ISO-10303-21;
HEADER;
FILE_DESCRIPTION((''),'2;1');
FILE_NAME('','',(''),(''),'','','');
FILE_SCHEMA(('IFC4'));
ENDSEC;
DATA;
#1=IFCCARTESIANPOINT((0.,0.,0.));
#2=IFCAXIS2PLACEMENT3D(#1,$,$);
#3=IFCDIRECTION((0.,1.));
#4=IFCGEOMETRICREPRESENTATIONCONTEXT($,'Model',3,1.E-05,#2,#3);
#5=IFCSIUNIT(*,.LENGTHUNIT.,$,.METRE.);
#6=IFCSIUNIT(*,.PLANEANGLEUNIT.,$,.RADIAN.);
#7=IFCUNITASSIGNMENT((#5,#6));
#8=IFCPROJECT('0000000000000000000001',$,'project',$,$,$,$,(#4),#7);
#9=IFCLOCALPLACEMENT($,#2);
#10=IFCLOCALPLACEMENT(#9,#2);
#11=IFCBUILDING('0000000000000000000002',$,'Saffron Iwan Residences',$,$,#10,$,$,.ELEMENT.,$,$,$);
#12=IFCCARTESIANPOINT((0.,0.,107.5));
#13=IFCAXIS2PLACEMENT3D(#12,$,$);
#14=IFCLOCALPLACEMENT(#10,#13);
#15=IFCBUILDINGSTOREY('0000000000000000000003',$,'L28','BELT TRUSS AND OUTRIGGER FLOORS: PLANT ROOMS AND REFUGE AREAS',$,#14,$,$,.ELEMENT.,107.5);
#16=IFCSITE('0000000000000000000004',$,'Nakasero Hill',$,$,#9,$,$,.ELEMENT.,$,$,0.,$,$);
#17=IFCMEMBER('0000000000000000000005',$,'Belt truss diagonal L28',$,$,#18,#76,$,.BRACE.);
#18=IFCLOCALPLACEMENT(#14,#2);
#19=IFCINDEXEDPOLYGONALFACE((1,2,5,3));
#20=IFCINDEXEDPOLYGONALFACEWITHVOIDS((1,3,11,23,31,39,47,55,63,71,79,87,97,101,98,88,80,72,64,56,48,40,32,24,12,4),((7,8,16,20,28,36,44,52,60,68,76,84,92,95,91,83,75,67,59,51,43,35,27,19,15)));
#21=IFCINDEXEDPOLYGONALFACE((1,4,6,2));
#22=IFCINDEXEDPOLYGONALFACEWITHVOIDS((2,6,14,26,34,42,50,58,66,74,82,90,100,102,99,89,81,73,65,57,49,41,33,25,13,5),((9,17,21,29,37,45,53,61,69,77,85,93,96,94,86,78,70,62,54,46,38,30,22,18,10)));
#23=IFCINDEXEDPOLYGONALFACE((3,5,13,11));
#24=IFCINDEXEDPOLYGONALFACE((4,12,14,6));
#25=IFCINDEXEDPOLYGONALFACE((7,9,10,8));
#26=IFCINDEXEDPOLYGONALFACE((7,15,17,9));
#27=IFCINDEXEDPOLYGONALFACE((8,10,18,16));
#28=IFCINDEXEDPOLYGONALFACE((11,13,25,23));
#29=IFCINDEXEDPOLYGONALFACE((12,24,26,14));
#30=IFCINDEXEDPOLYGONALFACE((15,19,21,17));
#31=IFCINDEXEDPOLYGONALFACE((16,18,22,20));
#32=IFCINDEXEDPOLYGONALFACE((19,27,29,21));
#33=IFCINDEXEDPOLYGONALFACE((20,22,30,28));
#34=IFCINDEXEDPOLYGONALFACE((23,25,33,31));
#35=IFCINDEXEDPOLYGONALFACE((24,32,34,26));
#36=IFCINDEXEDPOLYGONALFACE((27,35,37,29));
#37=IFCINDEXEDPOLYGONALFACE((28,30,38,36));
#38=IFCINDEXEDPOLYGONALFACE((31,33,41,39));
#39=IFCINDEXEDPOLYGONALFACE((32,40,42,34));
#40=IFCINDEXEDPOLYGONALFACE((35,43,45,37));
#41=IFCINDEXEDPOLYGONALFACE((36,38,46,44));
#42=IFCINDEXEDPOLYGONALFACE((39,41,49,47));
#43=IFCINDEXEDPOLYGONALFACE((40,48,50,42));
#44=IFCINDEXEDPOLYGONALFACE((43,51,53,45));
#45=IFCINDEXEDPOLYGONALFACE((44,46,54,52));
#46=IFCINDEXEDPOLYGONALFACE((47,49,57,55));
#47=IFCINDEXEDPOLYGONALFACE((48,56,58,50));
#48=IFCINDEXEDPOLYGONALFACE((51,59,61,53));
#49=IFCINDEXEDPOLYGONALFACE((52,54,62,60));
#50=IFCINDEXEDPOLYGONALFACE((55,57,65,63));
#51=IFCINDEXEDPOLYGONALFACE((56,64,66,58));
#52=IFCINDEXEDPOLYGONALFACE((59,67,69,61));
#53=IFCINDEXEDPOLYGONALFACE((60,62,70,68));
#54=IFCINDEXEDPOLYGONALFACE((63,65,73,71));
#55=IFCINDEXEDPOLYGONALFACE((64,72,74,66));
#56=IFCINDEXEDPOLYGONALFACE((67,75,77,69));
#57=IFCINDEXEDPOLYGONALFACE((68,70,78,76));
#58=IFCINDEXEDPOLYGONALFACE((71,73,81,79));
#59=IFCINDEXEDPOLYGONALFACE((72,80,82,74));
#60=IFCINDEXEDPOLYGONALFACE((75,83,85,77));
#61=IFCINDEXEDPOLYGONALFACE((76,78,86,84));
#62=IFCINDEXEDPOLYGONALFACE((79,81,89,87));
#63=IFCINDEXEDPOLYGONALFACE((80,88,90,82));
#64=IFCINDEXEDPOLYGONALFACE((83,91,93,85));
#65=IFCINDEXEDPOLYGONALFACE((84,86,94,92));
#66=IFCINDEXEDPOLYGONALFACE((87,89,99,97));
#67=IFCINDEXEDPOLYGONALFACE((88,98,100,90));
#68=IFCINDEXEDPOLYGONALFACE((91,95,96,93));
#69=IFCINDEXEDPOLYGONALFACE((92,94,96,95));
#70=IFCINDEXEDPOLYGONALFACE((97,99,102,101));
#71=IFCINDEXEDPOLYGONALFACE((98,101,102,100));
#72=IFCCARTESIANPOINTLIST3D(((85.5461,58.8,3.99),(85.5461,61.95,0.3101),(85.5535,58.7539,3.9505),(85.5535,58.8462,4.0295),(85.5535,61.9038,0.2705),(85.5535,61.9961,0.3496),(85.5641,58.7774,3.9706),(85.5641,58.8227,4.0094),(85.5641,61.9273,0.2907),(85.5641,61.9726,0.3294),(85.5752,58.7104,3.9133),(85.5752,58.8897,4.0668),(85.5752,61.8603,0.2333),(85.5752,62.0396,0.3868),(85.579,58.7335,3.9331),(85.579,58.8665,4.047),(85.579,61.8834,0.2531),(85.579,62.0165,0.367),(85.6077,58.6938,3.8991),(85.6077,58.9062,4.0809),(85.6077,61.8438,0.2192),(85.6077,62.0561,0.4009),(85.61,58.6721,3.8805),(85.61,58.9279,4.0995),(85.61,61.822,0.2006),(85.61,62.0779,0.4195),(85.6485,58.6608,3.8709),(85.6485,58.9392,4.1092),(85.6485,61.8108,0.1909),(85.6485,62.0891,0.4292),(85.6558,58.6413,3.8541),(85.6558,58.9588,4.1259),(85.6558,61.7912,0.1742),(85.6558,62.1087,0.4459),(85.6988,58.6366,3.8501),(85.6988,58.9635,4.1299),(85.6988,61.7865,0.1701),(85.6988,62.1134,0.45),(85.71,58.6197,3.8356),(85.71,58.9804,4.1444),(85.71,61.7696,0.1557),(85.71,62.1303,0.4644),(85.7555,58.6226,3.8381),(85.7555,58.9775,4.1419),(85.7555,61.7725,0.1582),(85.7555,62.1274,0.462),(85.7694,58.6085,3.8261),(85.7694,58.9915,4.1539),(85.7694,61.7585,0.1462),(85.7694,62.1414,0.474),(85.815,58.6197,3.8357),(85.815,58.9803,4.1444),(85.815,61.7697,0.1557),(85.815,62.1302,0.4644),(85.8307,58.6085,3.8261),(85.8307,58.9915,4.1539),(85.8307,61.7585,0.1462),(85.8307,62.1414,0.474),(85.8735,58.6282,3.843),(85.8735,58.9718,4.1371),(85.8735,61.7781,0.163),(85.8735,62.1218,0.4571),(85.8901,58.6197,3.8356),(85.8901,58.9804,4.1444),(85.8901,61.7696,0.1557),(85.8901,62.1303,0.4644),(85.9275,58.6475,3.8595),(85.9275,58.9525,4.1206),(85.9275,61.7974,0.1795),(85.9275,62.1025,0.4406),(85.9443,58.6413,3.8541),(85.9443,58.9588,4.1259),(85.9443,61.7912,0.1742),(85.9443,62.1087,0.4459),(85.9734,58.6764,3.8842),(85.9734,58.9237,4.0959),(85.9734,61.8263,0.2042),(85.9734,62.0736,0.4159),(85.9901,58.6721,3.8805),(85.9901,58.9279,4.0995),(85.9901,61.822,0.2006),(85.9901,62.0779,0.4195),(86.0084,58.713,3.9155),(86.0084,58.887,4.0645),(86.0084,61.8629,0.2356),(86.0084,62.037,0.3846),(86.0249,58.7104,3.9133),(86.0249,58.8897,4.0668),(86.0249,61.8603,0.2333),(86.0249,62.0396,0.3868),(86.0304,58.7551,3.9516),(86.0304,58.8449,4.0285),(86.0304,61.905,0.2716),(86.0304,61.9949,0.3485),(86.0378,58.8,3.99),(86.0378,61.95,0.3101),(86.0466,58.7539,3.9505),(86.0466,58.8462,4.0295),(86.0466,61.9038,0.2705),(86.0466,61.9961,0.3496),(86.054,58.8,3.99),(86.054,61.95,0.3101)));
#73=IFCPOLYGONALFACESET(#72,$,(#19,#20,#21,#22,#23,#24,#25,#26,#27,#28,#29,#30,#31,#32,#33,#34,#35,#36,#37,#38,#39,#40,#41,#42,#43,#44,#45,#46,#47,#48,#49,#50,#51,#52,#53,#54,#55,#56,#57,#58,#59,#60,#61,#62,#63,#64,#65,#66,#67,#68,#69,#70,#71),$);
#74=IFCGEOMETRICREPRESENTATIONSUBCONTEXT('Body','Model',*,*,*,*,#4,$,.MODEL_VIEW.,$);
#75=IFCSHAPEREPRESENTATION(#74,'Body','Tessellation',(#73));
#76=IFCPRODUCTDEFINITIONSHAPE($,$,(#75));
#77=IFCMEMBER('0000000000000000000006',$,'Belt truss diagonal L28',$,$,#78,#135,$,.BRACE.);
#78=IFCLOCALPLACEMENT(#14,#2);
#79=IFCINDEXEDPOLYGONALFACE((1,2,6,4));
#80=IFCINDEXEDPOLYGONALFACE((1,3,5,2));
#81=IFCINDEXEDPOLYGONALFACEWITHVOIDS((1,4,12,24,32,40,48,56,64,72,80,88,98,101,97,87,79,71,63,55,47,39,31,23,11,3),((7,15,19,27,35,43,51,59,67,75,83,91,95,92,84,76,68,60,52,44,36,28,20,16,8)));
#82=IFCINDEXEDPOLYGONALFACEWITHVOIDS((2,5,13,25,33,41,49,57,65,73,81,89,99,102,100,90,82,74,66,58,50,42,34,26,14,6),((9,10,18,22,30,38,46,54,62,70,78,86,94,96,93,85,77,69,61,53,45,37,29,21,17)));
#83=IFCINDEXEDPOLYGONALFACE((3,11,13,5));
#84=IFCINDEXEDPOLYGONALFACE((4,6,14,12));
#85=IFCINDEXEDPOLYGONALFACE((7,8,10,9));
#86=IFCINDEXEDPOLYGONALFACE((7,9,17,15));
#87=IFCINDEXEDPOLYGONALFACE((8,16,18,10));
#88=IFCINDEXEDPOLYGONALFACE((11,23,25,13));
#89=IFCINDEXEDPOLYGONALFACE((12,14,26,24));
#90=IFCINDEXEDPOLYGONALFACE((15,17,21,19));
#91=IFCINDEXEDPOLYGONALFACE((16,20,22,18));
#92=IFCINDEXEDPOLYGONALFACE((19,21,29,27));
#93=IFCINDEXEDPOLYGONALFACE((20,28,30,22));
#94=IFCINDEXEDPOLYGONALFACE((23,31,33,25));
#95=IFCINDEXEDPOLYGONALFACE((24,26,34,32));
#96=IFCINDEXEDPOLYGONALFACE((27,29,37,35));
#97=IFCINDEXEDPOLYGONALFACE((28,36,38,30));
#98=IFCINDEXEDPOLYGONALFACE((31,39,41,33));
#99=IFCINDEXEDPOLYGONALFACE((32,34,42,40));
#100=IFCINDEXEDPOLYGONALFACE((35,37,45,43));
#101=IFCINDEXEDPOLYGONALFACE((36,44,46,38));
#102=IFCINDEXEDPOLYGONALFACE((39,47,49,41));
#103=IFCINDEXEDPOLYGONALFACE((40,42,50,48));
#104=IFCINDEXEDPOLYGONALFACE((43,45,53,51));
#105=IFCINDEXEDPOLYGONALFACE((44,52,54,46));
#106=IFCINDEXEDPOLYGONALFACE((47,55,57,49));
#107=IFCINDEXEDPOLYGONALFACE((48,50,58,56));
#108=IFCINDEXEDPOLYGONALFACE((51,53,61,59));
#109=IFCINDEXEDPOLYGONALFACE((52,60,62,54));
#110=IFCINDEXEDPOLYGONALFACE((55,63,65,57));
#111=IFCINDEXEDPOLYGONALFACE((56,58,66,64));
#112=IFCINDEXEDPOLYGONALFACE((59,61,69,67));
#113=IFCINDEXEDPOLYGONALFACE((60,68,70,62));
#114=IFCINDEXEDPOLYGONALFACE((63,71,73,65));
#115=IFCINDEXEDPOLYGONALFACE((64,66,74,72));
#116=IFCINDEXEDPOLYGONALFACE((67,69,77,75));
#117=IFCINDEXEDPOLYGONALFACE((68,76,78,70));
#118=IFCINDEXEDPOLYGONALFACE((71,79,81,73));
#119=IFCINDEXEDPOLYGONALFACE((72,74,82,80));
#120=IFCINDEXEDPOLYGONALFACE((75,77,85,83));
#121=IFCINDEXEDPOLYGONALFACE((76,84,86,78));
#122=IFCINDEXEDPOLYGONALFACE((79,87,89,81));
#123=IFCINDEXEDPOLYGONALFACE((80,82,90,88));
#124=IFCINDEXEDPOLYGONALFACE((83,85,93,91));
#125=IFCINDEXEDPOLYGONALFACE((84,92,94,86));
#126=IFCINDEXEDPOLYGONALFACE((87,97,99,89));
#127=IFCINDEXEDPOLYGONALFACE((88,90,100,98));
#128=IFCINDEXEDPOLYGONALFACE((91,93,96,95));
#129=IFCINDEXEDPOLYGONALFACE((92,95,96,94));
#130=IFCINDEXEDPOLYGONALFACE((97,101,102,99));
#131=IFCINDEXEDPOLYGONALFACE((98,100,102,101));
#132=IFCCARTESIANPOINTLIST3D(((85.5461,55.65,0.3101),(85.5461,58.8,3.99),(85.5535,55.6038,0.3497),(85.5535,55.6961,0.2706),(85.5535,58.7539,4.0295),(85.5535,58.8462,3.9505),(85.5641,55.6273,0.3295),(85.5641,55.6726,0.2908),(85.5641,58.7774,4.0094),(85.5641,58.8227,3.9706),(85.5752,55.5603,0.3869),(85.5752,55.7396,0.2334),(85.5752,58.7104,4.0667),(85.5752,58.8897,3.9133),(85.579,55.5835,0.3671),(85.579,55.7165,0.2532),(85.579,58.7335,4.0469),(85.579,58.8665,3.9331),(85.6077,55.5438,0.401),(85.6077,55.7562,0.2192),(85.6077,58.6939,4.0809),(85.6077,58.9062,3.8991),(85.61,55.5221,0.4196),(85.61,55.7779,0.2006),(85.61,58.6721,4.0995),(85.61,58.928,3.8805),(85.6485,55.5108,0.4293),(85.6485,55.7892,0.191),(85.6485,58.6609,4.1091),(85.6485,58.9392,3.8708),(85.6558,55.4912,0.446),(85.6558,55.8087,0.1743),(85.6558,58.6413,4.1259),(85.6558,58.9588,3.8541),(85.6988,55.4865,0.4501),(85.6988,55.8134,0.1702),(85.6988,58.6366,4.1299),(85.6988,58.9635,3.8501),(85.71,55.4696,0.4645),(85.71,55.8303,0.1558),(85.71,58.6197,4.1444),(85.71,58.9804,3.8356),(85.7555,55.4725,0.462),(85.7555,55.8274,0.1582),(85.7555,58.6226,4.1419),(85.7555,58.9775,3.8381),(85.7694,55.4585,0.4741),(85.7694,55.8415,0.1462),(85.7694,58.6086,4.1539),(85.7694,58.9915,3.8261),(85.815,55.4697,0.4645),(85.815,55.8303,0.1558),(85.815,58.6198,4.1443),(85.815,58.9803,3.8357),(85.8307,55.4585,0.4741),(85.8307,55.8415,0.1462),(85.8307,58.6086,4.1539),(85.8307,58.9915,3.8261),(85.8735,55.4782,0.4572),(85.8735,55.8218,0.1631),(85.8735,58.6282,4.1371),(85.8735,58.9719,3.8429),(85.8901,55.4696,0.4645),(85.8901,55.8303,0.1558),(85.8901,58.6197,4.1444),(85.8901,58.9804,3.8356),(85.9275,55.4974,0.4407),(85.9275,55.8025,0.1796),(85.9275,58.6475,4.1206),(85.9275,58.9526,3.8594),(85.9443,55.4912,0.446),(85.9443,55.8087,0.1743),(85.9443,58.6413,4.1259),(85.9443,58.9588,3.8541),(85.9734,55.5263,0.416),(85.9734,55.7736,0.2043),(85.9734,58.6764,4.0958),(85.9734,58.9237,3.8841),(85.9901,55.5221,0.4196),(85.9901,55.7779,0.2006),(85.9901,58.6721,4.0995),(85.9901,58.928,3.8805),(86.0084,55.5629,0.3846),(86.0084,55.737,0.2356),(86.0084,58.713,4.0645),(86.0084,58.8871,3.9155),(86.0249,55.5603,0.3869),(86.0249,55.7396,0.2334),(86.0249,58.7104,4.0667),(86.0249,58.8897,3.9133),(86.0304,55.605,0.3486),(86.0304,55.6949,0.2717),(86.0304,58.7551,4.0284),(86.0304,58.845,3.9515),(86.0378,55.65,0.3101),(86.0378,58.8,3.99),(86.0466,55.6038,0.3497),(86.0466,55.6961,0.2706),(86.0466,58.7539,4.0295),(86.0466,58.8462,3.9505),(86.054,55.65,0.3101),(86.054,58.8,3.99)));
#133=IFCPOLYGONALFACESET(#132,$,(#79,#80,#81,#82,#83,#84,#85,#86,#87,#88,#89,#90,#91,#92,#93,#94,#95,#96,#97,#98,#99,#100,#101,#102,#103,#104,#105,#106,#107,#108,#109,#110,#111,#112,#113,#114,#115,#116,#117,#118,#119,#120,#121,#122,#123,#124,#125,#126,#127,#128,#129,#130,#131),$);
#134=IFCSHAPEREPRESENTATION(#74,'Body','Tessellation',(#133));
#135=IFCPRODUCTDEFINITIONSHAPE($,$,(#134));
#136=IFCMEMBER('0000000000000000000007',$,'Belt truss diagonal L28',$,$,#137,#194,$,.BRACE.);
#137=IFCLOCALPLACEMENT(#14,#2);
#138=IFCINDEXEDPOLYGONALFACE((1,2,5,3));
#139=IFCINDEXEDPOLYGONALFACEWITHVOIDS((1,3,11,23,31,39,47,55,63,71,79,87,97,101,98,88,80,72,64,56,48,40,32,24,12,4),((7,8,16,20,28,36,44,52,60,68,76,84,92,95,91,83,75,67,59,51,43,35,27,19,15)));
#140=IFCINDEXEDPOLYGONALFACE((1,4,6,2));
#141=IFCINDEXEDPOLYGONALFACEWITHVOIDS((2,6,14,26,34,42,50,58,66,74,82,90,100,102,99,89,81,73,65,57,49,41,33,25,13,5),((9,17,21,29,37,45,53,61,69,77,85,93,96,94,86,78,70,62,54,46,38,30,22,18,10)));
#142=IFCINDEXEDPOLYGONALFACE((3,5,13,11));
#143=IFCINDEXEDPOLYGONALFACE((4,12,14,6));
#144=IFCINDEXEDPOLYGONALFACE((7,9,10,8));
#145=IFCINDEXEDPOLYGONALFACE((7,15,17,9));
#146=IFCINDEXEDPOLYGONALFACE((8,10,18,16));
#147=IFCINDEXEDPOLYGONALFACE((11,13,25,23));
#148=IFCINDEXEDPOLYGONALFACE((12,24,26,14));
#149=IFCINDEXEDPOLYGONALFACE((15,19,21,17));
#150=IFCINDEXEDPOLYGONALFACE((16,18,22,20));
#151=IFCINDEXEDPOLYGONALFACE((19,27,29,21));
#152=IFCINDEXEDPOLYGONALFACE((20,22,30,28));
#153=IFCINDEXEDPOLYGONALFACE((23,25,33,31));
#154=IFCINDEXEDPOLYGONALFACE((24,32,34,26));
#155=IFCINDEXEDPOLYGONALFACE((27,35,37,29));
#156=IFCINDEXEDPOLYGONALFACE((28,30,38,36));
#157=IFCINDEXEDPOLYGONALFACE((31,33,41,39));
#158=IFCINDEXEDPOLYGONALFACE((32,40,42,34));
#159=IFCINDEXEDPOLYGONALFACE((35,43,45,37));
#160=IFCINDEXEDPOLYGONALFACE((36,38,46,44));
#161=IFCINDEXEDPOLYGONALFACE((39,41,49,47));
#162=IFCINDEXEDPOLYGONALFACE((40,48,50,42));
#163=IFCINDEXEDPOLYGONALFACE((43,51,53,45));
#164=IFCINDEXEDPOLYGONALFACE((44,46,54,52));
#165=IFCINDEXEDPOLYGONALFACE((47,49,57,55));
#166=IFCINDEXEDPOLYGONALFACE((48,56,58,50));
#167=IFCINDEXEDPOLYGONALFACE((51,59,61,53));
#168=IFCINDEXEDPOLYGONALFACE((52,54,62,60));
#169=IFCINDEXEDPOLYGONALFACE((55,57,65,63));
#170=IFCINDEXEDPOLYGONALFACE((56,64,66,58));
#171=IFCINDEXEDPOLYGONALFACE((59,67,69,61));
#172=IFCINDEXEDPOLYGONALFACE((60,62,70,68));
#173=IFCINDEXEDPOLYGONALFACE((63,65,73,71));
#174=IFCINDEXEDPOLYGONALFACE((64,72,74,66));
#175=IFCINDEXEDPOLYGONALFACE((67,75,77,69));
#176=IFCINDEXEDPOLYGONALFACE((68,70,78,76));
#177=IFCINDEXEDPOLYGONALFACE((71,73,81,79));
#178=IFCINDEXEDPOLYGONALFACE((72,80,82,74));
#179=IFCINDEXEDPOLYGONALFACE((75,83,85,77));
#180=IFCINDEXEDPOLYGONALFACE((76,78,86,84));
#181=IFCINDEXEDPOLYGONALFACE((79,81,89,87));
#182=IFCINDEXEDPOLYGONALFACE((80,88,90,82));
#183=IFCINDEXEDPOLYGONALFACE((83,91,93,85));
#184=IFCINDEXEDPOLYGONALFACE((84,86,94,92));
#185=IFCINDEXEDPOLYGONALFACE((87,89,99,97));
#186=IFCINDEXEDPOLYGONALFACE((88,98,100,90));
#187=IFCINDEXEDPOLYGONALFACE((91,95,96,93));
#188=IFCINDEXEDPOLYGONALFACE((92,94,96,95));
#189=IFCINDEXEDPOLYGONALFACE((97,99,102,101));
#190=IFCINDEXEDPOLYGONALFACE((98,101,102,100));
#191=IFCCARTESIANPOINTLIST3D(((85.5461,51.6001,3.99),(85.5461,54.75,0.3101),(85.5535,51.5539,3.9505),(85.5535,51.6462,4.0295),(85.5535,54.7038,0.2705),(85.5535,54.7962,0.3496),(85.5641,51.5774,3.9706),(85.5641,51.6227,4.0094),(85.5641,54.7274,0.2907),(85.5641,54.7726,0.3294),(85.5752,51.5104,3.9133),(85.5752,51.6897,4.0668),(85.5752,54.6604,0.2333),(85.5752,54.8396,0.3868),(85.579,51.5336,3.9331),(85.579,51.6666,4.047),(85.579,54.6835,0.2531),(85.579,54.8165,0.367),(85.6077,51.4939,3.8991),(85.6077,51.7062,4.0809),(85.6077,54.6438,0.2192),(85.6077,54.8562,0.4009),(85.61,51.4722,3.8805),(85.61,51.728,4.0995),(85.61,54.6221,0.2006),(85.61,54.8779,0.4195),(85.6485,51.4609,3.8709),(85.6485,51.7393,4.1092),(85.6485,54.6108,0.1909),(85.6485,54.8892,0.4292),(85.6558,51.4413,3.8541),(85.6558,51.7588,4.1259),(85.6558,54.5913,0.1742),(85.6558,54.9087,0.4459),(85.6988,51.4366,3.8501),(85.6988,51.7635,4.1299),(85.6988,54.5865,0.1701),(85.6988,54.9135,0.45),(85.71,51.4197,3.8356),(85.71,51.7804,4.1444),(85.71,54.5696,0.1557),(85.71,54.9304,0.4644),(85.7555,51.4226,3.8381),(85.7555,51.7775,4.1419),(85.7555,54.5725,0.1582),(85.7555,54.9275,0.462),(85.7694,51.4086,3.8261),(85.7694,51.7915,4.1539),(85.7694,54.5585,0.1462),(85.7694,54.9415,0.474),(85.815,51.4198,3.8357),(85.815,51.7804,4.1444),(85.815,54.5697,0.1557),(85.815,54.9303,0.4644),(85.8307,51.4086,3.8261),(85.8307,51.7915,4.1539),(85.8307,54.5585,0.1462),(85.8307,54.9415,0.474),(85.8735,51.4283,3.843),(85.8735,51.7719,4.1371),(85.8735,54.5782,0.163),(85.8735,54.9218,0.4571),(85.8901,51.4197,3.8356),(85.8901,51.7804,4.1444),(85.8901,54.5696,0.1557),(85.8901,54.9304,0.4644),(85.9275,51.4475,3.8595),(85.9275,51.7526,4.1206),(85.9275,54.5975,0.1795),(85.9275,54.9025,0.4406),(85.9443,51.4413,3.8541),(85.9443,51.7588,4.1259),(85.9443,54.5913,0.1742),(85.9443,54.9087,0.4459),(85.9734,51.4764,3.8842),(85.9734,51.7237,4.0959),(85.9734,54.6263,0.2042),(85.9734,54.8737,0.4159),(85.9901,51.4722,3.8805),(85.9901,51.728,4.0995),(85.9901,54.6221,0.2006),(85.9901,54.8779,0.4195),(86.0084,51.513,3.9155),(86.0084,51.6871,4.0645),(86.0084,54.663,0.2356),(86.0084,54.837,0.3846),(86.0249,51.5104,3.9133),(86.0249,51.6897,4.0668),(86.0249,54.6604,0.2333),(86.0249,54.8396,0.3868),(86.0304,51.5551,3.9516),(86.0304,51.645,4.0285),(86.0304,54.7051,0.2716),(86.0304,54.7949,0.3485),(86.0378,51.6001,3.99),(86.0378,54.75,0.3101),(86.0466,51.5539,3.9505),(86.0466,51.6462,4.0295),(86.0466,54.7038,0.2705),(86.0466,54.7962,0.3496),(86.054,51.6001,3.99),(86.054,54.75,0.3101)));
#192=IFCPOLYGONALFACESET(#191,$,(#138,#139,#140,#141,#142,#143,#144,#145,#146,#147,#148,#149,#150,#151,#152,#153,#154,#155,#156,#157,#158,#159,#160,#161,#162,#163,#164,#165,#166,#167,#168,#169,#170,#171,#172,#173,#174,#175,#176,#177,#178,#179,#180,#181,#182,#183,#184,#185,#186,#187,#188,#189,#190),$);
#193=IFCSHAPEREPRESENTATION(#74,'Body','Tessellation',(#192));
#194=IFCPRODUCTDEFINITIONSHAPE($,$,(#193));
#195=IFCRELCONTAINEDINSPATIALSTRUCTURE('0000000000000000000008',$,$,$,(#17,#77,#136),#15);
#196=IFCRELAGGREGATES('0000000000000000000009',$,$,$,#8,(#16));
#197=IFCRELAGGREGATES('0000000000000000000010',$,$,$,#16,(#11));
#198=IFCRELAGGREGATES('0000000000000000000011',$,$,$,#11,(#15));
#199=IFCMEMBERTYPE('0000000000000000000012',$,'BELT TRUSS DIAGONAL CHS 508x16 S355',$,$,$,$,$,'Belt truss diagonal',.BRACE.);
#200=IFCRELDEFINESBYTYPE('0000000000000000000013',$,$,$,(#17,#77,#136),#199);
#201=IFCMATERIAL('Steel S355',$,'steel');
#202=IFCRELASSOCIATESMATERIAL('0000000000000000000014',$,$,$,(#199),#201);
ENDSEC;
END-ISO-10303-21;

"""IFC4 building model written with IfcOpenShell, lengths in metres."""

from ifc_helpers import new_model, si_unit, direction, frame, origin, origin_2d, place, context, subcontext, project, spatial, hollow_circle, extrude, source, transform, mapped, material, material_profile, profile_set, type_object, element, save


model = new_model("IFC4")

# Units and contexts
model_context = context("Model", 3, precision=1e-05, world=origin(), true_north=direction((0.0, 1.0)))
body_context = subcontext(model_context, "Body", "Model", "MODEL_VIEW")
ifc_project = project(units=[si_unit("LENGTHUNIT", "METRE"), si_unit("PLANEANGLEUNIT", "RADIAN")], contexts=[model_context])

# Site, building, storey
site_placement = place(None, origin())
site = spatial("IfcSite", under=ifc_project, at=site_placement, Name="Nakasero Hill", CompositionType="ELEMENT", RefElevation=0.0)
building_placement = place(site_placement, origin())
building = spatial("IfcBuilding", under=site, at=building_placement, Name="Saffron Iwan Residences", CompositionType="ELEMENT")
storey_placement = place(building_placement, frame((0.0, 0.0, 107.5)))
storey = spatial("IfcBuildingStorey", under=building, at=storey_placement, Name="L28", Description="BELT TRUSS AND OUTRIGGER FLOORS: PLANT ROOMS AND REFUGE AREAS", CompositionType="ELEMENT", Elevation=107.5)

# Members
ifc_material_1 = material(Name="Steel S355", Category="steel")
ifc_material_profile_1 = material_profile(ifc_material_1, hollow_circle(Radius=0.2539, WallThickness=0.0161, at=origin_2d()), Name="CHS 508x16")
ifc_profile_set_1 = profile_set([ifc_material_profile_1], Name="Steel S355")
member_type_1 = type_object("IfcMemberType", Name="BELT TRUSS DIAGONAL CHS 508x16 S355", ElementType="Belt truss diagonal", PredefinedType="BRACE", material=ifc_profile_set_1)
shared_shape_1 = source(origin(), body_context, "Body", "SweptSolid", [
    extrude(hollow_circle(Radius=0.2539, WallThickness=0.0161, at=origin_2d()), origin(), (0.0, 0.0, 1.0), 4.844),
])
for number, where, z_axis, x_axis, name in (
    (1, (85.8, 61.95, 0.3101), (0.0, -0.650277, 0.759698), (1.0, 0.0, 0.0), "Belt truss diagonal L28"),
    (2, (85.8, 58.8, 3.99), (0.0, -0.650306, -0.759673), (1.0, 0.0, 0.0), "Belt truss diagonal L28"),
    (3, (85.8, 54.75, 0.3101), (0.0, -0.650277, 0.759698), (1.0, 0.0, 0.0), "Belt truss diagonal L28"),
):
    element("IfcMember", number, at=place(storey_placement, frame(where, z_axis=z_axis, x_axis=x_axis)), inside=storey, type_object=member_type_1, Name=name, PredefinedType="BRACE", context=body_context, shape_type="MappedRepresentation", body=[
        mapped(shared_shape_1, transform((0.0, 0.0, 0.0))),
    ])

save(model, "model.ifc")
